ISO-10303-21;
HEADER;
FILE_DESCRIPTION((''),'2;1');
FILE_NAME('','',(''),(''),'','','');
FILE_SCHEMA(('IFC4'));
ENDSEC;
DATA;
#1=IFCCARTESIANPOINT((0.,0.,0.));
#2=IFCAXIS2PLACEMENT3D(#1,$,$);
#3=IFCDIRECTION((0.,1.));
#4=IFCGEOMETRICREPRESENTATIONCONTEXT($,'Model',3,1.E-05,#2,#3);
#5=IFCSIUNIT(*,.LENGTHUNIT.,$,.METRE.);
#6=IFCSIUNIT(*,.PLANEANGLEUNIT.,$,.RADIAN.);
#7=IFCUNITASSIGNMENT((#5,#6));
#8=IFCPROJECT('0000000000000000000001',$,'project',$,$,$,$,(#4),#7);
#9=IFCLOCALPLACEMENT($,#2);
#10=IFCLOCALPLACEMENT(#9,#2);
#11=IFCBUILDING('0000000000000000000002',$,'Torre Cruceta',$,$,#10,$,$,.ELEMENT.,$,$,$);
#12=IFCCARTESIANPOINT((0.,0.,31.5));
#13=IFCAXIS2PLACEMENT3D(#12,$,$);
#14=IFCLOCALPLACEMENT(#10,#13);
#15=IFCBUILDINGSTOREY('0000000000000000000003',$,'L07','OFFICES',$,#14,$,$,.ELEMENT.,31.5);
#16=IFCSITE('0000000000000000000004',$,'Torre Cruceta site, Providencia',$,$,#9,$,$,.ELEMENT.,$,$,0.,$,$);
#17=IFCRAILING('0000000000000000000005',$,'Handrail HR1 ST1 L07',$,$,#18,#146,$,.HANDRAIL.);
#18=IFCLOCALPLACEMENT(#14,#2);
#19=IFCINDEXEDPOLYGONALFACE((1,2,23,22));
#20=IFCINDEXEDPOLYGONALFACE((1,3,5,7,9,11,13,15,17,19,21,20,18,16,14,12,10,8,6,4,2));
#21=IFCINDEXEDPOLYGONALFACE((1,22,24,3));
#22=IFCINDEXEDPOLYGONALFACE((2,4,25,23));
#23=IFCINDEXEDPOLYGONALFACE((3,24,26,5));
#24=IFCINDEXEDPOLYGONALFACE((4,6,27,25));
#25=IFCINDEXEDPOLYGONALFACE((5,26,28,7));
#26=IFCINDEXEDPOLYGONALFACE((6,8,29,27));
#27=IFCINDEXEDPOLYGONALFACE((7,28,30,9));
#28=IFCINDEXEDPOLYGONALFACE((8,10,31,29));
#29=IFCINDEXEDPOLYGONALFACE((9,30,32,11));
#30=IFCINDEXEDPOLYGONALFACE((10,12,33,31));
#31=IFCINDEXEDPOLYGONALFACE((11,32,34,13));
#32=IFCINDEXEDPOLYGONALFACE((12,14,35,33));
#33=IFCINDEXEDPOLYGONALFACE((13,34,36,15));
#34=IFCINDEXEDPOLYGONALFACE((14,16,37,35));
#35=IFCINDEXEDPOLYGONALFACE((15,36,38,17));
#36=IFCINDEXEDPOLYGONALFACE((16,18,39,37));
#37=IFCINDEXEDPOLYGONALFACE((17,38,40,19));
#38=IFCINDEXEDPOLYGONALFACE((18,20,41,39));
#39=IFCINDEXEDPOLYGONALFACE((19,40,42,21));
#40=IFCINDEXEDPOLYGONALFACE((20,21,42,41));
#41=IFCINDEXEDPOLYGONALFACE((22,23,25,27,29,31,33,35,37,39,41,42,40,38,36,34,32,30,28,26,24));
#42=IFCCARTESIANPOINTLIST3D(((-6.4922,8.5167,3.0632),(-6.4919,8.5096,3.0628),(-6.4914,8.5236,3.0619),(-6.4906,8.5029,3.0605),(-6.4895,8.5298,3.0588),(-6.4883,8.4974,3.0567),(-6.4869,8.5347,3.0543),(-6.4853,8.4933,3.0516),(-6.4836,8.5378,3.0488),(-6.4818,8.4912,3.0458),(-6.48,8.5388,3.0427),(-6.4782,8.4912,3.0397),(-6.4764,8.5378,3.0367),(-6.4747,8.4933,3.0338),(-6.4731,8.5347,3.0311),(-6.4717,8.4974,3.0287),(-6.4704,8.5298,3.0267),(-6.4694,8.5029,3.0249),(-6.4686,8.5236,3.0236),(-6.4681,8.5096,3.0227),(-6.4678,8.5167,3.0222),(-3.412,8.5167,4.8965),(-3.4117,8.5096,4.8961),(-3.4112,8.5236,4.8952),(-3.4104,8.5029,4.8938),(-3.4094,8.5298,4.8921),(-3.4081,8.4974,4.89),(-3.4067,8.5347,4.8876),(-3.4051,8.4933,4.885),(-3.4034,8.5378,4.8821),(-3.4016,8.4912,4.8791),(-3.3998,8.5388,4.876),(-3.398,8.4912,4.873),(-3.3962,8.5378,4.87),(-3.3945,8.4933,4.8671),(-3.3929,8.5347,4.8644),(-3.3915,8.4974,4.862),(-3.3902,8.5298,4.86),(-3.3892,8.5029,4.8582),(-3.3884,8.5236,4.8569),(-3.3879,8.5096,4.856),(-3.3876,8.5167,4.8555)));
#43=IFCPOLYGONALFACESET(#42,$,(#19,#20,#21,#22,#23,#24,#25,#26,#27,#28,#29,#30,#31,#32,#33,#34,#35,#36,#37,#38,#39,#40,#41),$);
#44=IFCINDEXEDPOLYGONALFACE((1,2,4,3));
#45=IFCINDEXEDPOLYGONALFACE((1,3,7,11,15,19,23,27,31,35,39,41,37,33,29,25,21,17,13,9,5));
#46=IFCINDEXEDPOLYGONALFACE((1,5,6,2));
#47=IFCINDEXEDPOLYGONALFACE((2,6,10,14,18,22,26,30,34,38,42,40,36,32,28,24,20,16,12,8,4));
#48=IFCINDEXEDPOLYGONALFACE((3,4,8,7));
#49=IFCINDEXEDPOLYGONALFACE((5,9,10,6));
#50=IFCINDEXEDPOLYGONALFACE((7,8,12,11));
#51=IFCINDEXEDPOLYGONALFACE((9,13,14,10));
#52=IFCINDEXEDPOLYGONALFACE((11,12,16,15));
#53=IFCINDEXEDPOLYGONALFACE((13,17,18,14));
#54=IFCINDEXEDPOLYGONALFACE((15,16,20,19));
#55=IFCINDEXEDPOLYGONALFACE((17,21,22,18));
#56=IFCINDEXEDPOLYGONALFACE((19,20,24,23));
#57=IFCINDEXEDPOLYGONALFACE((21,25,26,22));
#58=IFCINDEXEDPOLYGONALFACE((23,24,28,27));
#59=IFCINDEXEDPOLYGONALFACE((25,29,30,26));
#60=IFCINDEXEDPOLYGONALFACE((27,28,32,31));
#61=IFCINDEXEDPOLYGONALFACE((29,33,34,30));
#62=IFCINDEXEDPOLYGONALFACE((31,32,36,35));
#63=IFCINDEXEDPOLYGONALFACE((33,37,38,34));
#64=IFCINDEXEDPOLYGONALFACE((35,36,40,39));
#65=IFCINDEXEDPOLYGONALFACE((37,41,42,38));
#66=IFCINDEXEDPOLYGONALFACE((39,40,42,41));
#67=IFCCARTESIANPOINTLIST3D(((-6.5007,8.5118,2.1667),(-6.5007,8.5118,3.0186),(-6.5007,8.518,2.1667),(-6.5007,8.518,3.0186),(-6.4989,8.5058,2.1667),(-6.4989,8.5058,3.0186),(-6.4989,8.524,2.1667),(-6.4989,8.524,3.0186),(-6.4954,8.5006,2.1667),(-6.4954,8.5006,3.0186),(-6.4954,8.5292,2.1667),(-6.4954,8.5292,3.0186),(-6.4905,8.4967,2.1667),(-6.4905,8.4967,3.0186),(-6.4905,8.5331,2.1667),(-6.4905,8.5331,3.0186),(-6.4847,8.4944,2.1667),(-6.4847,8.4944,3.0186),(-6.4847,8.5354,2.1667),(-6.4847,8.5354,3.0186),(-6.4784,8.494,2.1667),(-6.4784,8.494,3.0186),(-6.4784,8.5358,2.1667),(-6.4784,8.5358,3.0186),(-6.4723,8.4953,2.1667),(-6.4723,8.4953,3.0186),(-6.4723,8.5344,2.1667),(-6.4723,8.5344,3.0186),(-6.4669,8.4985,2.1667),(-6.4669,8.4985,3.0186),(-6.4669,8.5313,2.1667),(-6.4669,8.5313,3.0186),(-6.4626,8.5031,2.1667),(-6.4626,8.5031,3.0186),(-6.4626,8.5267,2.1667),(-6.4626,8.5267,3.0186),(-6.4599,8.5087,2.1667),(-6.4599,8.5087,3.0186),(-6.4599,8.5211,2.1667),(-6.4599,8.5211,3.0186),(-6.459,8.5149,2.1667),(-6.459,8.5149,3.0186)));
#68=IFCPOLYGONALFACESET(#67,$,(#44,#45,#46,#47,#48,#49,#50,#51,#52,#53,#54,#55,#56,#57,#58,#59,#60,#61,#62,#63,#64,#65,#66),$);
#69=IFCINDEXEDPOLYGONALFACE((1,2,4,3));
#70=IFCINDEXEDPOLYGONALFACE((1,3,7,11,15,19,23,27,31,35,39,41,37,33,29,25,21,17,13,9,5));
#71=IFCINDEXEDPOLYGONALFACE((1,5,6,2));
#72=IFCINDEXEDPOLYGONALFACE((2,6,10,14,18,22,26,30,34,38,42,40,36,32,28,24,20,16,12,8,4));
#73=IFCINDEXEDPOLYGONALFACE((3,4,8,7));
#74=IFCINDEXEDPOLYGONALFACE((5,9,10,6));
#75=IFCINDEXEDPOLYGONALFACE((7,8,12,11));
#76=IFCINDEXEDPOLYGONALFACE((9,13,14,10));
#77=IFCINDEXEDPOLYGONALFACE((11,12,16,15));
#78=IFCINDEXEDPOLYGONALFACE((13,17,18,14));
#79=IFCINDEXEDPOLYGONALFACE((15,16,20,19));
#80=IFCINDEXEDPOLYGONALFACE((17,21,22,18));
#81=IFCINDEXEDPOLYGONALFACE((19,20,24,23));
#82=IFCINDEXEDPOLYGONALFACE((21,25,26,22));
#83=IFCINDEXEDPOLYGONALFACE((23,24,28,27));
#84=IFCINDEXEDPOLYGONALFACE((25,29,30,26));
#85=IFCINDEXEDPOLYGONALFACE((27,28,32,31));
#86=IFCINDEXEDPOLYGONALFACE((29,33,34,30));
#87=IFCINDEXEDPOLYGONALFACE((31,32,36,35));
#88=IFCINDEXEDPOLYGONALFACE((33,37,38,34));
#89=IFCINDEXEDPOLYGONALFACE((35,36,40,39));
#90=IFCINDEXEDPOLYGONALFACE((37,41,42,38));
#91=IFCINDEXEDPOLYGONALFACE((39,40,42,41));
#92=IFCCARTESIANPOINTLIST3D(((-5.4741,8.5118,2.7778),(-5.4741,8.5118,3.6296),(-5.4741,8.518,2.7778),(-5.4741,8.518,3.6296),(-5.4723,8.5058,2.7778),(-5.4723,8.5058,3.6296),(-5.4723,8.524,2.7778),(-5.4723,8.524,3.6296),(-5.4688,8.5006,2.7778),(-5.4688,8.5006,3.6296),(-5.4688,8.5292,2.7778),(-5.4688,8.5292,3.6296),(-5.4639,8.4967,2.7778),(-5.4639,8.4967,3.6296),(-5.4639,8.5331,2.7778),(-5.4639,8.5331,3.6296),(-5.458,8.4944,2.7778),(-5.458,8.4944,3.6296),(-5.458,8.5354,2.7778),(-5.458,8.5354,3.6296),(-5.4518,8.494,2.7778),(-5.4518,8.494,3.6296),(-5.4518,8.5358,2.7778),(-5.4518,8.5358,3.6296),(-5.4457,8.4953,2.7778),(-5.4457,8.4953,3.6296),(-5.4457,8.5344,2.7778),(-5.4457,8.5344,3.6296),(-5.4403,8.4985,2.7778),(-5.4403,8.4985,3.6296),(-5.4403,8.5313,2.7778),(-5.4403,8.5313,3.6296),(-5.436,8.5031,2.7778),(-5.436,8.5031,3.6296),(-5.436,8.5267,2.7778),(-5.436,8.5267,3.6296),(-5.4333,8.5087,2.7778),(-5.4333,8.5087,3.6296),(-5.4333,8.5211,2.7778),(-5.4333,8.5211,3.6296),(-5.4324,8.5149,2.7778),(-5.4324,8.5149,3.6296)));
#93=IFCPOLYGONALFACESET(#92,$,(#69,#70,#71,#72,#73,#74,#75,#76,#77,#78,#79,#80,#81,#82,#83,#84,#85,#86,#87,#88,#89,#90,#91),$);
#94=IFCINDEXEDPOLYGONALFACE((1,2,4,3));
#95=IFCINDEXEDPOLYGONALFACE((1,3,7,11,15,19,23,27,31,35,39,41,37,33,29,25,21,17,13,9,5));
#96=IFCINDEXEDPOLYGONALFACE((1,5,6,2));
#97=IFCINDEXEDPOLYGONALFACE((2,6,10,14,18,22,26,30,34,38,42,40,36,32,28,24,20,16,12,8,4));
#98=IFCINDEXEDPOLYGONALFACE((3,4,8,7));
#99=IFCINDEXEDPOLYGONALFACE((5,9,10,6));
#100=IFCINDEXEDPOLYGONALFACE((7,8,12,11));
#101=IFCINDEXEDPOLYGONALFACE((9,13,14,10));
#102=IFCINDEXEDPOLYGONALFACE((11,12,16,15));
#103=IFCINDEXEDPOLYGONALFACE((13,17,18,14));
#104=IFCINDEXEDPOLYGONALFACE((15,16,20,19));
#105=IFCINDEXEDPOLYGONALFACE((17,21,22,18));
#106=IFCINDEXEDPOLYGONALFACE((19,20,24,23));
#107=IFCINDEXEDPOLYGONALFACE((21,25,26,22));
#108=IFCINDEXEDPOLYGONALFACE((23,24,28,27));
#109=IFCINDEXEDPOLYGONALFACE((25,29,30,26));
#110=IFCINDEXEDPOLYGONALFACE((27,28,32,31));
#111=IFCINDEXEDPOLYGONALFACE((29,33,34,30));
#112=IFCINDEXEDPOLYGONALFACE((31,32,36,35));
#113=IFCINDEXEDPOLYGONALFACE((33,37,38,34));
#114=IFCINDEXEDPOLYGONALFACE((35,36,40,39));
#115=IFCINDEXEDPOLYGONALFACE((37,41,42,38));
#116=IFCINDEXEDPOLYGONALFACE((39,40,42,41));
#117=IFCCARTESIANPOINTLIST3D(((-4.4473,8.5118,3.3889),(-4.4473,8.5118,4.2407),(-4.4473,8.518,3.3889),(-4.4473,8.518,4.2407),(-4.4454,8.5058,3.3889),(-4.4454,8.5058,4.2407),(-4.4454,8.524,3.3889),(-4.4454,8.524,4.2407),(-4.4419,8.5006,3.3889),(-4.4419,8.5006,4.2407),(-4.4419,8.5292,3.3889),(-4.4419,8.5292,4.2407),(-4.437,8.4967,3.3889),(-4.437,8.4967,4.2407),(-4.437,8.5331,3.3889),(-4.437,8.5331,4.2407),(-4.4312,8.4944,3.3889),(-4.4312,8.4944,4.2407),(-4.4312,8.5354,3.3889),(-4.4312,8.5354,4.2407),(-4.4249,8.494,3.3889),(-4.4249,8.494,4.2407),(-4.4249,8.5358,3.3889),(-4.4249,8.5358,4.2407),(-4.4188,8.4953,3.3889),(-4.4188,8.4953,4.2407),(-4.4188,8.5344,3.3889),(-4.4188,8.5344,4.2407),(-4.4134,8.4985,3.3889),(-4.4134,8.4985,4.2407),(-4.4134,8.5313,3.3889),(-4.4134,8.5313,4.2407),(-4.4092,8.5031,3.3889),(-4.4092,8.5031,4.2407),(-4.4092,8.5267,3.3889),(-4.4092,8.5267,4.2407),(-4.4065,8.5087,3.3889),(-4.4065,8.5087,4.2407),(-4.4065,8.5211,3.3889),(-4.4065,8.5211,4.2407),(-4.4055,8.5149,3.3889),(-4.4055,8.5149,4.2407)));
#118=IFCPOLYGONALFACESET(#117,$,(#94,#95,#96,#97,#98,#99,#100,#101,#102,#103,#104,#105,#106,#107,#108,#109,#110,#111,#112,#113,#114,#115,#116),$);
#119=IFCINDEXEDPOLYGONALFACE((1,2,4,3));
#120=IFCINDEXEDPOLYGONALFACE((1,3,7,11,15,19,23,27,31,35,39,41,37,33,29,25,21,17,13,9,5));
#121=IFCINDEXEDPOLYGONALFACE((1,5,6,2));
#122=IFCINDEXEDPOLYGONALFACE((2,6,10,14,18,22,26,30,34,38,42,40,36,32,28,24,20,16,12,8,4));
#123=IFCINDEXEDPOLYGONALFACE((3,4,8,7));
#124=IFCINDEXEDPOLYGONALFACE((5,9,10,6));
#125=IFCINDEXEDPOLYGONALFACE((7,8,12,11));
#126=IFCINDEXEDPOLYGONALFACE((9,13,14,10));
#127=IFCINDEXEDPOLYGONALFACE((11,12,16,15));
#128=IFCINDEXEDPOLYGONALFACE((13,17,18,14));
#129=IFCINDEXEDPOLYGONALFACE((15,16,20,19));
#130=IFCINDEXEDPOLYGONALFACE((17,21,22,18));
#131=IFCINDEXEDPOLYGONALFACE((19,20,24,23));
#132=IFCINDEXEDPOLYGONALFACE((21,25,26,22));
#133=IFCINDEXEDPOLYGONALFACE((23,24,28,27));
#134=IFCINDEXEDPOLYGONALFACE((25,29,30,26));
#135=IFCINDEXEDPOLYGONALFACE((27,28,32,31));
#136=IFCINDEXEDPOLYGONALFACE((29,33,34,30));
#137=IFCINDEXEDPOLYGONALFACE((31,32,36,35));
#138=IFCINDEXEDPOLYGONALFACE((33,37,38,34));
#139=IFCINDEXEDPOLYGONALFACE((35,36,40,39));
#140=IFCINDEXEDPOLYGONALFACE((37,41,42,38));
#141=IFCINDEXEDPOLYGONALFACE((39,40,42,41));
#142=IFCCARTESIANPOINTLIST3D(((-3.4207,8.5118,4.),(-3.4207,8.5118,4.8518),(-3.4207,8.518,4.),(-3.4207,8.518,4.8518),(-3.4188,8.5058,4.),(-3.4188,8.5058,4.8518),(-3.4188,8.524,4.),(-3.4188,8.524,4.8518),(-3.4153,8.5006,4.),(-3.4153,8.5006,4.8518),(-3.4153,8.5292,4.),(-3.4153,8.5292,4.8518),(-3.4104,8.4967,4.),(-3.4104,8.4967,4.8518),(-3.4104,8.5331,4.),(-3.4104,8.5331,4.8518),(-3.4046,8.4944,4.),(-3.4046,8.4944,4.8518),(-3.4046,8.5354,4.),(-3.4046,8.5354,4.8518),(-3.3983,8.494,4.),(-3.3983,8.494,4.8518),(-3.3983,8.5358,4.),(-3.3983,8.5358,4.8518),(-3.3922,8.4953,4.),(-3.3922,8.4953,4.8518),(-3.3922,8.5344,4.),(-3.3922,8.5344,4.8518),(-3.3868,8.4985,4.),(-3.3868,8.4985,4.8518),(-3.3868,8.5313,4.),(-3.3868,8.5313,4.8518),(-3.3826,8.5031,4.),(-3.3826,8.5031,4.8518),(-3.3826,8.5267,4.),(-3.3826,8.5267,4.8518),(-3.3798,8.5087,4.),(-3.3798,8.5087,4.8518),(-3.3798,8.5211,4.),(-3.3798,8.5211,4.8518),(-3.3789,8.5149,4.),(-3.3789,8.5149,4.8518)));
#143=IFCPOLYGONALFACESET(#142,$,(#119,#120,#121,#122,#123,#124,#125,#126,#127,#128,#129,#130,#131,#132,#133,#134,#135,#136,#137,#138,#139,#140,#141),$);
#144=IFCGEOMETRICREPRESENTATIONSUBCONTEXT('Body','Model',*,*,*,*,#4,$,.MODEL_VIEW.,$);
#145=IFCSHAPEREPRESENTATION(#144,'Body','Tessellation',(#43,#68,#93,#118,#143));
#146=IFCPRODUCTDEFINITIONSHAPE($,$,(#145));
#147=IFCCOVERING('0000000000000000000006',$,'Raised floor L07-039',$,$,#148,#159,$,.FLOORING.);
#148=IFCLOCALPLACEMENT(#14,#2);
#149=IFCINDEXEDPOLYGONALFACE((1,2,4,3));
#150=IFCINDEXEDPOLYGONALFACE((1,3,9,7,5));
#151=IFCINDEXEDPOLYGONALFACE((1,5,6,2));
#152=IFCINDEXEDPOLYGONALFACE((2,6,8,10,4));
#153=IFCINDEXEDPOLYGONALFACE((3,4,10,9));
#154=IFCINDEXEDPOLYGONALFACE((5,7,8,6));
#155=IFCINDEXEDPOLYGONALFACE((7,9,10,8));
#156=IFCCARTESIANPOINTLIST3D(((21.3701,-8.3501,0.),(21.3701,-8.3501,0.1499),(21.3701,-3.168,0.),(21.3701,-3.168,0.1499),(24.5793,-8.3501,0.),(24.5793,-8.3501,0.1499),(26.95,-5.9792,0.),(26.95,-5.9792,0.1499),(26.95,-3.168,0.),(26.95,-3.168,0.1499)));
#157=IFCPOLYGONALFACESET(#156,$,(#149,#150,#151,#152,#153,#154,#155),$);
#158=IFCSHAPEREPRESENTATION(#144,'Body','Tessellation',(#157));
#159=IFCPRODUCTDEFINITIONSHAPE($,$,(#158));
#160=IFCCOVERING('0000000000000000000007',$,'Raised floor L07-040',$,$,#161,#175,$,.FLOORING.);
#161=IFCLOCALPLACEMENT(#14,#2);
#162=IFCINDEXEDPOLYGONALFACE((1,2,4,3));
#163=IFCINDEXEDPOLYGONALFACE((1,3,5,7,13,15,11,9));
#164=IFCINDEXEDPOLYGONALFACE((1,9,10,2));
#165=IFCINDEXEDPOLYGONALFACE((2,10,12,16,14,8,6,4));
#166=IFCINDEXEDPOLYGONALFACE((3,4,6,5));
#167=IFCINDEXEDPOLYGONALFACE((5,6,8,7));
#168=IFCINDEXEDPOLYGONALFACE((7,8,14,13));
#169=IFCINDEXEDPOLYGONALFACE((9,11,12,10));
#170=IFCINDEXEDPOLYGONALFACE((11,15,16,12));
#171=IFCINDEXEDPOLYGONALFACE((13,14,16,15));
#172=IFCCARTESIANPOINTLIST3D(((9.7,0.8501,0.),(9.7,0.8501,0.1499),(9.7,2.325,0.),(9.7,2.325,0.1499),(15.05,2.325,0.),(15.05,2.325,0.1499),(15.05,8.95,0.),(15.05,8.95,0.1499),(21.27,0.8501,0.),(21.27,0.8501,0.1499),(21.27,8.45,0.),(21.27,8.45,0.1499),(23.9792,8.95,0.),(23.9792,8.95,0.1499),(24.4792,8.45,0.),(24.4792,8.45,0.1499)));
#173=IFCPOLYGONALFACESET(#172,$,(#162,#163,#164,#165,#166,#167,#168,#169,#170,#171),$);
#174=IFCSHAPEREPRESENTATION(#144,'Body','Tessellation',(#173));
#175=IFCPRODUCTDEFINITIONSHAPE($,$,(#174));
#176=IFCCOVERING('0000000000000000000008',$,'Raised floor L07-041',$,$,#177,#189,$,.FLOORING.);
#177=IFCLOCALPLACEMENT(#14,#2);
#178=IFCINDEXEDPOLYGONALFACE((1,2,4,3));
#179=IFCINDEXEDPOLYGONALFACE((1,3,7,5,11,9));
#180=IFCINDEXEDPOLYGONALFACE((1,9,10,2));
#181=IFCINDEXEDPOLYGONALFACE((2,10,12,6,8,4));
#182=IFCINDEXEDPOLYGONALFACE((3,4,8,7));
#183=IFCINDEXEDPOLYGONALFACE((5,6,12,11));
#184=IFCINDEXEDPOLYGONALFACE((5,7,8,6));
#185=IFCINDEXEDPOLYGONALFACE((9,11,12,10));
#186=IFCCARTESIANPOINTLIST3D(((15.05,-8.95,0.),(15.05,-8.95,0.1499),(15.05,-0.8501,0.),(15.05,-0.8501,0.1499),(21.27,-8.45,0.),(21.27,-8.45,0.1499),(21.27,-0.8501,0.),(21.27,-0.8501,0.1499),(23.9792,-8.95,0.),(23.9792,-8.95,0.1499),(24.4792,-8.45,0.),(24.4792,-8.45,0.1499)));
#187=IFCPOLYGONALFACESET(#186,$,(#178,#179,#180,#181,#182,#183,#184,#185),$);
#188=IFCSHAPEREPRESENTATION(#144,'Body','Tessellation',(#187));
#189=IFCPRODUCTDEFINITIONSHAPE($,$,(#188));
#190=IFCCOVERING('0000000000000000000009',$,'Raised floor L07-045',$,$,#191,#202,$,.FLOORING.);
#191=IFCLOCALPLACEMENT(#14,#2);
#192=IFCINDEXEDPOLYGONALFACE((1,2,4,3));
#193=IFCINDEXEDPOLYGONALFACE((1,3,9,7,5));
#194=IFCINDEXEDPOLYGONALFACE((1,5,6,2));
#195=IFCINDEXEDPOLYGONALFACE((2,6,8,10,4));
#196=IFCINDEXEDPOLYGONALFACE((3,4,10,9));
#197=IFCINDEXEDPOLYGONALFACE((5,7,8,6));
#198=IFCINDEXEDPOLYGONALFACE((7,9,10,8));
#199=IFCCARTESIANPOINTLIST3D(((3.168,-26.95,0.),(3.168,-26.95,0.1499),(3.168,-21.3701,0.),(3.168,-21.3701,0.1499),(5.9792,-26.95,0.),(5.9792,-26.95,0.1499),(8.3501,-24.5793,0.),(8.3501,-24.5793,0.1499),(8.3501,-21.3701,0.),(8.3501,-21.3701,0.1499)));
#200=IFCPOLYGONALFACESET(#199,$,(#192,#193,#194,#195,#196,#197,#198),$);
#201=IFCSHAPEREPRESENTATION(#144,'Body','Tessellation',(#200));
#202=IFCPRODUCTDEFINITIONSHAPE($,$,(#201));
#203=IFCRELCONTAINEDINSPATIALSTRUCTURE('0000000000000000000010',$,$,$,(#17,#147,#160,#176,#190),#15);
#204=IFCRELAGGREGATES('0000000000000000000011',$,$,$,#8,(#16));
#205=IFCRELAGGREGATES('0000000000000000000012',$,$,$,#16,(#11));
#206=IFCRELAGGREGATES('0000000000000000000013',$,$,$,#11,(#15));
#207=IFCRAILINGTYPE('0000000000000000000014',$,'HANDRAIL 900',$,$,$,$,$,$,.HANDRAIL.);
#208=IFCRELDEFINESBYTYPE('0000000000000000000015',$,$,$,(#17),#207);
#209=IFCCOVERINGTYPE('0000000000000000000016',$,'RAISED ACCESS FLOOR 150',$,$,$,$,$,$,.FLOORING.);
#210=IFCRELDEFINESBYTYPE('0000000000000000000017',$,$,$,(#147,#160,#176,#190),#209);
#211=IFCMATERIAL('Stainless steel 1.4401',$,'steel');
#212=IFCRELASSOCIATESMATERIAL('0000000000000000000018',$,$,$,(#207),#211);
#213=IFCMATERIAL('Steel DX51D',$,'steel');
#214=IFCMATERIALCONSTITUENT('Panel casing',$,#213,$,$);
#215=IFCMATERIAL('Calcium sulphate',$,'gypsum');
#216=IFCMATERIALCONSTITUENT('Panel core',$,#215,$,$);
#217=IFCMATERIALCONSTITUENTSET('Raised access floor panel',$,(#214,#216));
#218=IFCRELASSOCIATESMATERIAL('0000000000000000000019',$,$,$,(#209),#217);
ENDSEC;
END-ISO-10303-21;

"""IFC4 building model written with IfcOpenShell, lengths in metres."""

from ifc_helpers import new_model, si_unit, direction, frame, origin, origin_2d, place, context, subcontext, project, spatial, polyline, circle, outline, extrude, material, constituent, constituent_set, type_object, element, save


model = new_model("IFC4")

# Units and contexts
model_context = context("Model", 3, precision=1e-05, world=origin(), true_north=direction((0.0, 1.0)))
body_context = subcontext(model_context, "Body", "Model", "MODEL_VIEW")
ifc_project = project(units=[si_unit("LENGTHUNIT", "METRE"), si_unit("PLANEANGLEUNIT", "RADIAN")], contexts=[model_context])

# Site, building, storey
site_placement = place(None, origin())
site = spatial("IfcSite", under=ifc_project, at=site_placement, Name="Torre Cruceta site, Providencia", CompositionType="ELEMENT", RefElevation=0.0)
building_placement = place(site_placement, origin())
building = spatial("IfcBuilding", under=site, at=building_placement, Name="Torre Cruceta", CompositionType="ELEMENT")
storey_placement = place(building_placement, frame((0.0, 0.0, 31.5)))
storey = spatial("IfcBuildingStorey", under=building, at=storey_placement, Name="L07", Description="OFFICES", CompositionType="ELEMENT", Elevation=31.5)

# Railing
ifc_material_1 = material(Name="Stainless steel 1.4401", Category="steel")
railing_type = type_object("IfcRailingType", Name="HANDRAIL 900", PredefinedType="HANDRAIL", material=ifc_material_1)
railing_1_placement = place(storey_placement, frame((-6.48, 8.5149, 2.1667)))
element("IfcRailing", 1, at=railing_1_placement, inside=storey, type_object=railing_type, Name="Handrail HR1 ST1 L07", PredefinedType="HANDRAIL", context=body_context, shape_type="SweptSolid", body=[
    extrude(circle(Radius=0.0239, at=origin_2d()), frame((0.0, 0.0, 0.876), z_axis=(0.859309, 0.0, 0.511458), x_axis=(0.0, 1.0, 0.0)), (0.0, 0.0, 1.0), 3.5845),
    extrude(circle(Radius=0.021, at=origin_2d()), origin(), (0.0, 0.0, 1.0), 0.8518),
    extrude(circle(Radius=0.021, at=origin_2d()), frame((1.0266, 0.0, 0.6111)), (0.0, 0.0, 1.0), 0.8518),
    extrude(circle(Radius=0.021, at=origin_2d()), frame((2.0535, 0.0, 1.2222)), (0.0, 0.0, 1.0), 0.8518),
    extrude(circle(Radius=0.021, at=origin_2d()), frame((3.0801, 0.0, 1.8333)), (0.0, 0.0, 1.0), 0.8518),
])

# Coverings
ifc_material_2 = material(Name="Steel DX51D", Category="steel")
ifc_constituent_1 = constituent(ifc_material_2, Name="Panel casing")
ifc_material_3 = material(Name="Calcium sulphate", Category="gypsum")
ifc_constituent_2 = constituent(ifc_material_3, Name="Panel core")
ifc_constituent_set_1 = constituent_set(constituents=[ifc_constituent_1, ifc_constituent_2], Name="Raised access floor panel")
covering_type_1 = type_object("IfcCoveringType", Name="RAISED ACCESS FLOOR 150", PredefinedType="FLOORING", material=ifc_constituent_set_1)
covering_1_placement = place(storey_placement, origin())
element("IfcCovering", 2, at=covering_1_placement, inside=storey, type_object=covering_type_1, Name="Raised floor L07-039", PredefinedType="FLOORING", context=body_context, shape_type="SweptSolid", body=[
    extrude(outline(polyline([(24.5793, -8.3501), (21.3701, -8.3501), (21.3701, -3.168), (26.95, -3.168), (26.95, -5.9792), (24.5793, -8.3501)])), origin(), (0.0, 0.0, 1.0), 0.1499),
])
covering_2_placement = place(storey_placement, origin())
element("IfcCovering", 3, at=covering_2_placement, inside=storey, type_object=covering_type_1, Name="Raised floor L07-040", PredefinedType="FLOORING", context=body_context, shape_type="SweptSolid", body=[
    extrude(outline(polyline([(9.7, 2.325), (15.05, 2.325), (15.05, 8.95), (23.9792, 8.95), (24.4792, 8.45), (21.27, 8.45), (21.27, 0.8501), (9.7, 0.8501), (9.7, 2.325)])), origin(), (0.0, 0.0, 1.0), 0.1499),
])
covering_3_placement = place(storey_placement, origin())
element("IfcCovering", 4, at=covering_3_placement, inside=storey, type_object=covering_type_1, Name="Raised floor L07-041", PredefinedType="FLOORING", context=body_context, shape_type="SweptSolid", body=[
    extrude(outline(polyline([(15.05, -8.95), (15.05, -0.8501), (21.27, -0.8501), (21.27, -8.45), (24.4792, -8.45), (23.9792, -8.95), (15.05, -8.95)])), origin(), (0.0, 0.0, 1.0), 0.1499),
])
covering_4_placement = place(storey_placement, origin())
element("IfcCovering", 5, at=covering_4_placement, inside=storey, type_object=covering_type_1, Name="Raised floor L07-045", PredefinedType="FLOORING", context=body_context, shape_type="SweptSolid", body=[
    extrude(outline(polyline([(3.168, -26.95), (3.168, -21.3701), (8.3501, -21.3701), (8.3501, -24.5793), (5.9792, -26.95), (3.168, -26.95)])), origin(), (0.0, 0.0, 1.0), 0.1499),
])

save(model, "model.ifc")
